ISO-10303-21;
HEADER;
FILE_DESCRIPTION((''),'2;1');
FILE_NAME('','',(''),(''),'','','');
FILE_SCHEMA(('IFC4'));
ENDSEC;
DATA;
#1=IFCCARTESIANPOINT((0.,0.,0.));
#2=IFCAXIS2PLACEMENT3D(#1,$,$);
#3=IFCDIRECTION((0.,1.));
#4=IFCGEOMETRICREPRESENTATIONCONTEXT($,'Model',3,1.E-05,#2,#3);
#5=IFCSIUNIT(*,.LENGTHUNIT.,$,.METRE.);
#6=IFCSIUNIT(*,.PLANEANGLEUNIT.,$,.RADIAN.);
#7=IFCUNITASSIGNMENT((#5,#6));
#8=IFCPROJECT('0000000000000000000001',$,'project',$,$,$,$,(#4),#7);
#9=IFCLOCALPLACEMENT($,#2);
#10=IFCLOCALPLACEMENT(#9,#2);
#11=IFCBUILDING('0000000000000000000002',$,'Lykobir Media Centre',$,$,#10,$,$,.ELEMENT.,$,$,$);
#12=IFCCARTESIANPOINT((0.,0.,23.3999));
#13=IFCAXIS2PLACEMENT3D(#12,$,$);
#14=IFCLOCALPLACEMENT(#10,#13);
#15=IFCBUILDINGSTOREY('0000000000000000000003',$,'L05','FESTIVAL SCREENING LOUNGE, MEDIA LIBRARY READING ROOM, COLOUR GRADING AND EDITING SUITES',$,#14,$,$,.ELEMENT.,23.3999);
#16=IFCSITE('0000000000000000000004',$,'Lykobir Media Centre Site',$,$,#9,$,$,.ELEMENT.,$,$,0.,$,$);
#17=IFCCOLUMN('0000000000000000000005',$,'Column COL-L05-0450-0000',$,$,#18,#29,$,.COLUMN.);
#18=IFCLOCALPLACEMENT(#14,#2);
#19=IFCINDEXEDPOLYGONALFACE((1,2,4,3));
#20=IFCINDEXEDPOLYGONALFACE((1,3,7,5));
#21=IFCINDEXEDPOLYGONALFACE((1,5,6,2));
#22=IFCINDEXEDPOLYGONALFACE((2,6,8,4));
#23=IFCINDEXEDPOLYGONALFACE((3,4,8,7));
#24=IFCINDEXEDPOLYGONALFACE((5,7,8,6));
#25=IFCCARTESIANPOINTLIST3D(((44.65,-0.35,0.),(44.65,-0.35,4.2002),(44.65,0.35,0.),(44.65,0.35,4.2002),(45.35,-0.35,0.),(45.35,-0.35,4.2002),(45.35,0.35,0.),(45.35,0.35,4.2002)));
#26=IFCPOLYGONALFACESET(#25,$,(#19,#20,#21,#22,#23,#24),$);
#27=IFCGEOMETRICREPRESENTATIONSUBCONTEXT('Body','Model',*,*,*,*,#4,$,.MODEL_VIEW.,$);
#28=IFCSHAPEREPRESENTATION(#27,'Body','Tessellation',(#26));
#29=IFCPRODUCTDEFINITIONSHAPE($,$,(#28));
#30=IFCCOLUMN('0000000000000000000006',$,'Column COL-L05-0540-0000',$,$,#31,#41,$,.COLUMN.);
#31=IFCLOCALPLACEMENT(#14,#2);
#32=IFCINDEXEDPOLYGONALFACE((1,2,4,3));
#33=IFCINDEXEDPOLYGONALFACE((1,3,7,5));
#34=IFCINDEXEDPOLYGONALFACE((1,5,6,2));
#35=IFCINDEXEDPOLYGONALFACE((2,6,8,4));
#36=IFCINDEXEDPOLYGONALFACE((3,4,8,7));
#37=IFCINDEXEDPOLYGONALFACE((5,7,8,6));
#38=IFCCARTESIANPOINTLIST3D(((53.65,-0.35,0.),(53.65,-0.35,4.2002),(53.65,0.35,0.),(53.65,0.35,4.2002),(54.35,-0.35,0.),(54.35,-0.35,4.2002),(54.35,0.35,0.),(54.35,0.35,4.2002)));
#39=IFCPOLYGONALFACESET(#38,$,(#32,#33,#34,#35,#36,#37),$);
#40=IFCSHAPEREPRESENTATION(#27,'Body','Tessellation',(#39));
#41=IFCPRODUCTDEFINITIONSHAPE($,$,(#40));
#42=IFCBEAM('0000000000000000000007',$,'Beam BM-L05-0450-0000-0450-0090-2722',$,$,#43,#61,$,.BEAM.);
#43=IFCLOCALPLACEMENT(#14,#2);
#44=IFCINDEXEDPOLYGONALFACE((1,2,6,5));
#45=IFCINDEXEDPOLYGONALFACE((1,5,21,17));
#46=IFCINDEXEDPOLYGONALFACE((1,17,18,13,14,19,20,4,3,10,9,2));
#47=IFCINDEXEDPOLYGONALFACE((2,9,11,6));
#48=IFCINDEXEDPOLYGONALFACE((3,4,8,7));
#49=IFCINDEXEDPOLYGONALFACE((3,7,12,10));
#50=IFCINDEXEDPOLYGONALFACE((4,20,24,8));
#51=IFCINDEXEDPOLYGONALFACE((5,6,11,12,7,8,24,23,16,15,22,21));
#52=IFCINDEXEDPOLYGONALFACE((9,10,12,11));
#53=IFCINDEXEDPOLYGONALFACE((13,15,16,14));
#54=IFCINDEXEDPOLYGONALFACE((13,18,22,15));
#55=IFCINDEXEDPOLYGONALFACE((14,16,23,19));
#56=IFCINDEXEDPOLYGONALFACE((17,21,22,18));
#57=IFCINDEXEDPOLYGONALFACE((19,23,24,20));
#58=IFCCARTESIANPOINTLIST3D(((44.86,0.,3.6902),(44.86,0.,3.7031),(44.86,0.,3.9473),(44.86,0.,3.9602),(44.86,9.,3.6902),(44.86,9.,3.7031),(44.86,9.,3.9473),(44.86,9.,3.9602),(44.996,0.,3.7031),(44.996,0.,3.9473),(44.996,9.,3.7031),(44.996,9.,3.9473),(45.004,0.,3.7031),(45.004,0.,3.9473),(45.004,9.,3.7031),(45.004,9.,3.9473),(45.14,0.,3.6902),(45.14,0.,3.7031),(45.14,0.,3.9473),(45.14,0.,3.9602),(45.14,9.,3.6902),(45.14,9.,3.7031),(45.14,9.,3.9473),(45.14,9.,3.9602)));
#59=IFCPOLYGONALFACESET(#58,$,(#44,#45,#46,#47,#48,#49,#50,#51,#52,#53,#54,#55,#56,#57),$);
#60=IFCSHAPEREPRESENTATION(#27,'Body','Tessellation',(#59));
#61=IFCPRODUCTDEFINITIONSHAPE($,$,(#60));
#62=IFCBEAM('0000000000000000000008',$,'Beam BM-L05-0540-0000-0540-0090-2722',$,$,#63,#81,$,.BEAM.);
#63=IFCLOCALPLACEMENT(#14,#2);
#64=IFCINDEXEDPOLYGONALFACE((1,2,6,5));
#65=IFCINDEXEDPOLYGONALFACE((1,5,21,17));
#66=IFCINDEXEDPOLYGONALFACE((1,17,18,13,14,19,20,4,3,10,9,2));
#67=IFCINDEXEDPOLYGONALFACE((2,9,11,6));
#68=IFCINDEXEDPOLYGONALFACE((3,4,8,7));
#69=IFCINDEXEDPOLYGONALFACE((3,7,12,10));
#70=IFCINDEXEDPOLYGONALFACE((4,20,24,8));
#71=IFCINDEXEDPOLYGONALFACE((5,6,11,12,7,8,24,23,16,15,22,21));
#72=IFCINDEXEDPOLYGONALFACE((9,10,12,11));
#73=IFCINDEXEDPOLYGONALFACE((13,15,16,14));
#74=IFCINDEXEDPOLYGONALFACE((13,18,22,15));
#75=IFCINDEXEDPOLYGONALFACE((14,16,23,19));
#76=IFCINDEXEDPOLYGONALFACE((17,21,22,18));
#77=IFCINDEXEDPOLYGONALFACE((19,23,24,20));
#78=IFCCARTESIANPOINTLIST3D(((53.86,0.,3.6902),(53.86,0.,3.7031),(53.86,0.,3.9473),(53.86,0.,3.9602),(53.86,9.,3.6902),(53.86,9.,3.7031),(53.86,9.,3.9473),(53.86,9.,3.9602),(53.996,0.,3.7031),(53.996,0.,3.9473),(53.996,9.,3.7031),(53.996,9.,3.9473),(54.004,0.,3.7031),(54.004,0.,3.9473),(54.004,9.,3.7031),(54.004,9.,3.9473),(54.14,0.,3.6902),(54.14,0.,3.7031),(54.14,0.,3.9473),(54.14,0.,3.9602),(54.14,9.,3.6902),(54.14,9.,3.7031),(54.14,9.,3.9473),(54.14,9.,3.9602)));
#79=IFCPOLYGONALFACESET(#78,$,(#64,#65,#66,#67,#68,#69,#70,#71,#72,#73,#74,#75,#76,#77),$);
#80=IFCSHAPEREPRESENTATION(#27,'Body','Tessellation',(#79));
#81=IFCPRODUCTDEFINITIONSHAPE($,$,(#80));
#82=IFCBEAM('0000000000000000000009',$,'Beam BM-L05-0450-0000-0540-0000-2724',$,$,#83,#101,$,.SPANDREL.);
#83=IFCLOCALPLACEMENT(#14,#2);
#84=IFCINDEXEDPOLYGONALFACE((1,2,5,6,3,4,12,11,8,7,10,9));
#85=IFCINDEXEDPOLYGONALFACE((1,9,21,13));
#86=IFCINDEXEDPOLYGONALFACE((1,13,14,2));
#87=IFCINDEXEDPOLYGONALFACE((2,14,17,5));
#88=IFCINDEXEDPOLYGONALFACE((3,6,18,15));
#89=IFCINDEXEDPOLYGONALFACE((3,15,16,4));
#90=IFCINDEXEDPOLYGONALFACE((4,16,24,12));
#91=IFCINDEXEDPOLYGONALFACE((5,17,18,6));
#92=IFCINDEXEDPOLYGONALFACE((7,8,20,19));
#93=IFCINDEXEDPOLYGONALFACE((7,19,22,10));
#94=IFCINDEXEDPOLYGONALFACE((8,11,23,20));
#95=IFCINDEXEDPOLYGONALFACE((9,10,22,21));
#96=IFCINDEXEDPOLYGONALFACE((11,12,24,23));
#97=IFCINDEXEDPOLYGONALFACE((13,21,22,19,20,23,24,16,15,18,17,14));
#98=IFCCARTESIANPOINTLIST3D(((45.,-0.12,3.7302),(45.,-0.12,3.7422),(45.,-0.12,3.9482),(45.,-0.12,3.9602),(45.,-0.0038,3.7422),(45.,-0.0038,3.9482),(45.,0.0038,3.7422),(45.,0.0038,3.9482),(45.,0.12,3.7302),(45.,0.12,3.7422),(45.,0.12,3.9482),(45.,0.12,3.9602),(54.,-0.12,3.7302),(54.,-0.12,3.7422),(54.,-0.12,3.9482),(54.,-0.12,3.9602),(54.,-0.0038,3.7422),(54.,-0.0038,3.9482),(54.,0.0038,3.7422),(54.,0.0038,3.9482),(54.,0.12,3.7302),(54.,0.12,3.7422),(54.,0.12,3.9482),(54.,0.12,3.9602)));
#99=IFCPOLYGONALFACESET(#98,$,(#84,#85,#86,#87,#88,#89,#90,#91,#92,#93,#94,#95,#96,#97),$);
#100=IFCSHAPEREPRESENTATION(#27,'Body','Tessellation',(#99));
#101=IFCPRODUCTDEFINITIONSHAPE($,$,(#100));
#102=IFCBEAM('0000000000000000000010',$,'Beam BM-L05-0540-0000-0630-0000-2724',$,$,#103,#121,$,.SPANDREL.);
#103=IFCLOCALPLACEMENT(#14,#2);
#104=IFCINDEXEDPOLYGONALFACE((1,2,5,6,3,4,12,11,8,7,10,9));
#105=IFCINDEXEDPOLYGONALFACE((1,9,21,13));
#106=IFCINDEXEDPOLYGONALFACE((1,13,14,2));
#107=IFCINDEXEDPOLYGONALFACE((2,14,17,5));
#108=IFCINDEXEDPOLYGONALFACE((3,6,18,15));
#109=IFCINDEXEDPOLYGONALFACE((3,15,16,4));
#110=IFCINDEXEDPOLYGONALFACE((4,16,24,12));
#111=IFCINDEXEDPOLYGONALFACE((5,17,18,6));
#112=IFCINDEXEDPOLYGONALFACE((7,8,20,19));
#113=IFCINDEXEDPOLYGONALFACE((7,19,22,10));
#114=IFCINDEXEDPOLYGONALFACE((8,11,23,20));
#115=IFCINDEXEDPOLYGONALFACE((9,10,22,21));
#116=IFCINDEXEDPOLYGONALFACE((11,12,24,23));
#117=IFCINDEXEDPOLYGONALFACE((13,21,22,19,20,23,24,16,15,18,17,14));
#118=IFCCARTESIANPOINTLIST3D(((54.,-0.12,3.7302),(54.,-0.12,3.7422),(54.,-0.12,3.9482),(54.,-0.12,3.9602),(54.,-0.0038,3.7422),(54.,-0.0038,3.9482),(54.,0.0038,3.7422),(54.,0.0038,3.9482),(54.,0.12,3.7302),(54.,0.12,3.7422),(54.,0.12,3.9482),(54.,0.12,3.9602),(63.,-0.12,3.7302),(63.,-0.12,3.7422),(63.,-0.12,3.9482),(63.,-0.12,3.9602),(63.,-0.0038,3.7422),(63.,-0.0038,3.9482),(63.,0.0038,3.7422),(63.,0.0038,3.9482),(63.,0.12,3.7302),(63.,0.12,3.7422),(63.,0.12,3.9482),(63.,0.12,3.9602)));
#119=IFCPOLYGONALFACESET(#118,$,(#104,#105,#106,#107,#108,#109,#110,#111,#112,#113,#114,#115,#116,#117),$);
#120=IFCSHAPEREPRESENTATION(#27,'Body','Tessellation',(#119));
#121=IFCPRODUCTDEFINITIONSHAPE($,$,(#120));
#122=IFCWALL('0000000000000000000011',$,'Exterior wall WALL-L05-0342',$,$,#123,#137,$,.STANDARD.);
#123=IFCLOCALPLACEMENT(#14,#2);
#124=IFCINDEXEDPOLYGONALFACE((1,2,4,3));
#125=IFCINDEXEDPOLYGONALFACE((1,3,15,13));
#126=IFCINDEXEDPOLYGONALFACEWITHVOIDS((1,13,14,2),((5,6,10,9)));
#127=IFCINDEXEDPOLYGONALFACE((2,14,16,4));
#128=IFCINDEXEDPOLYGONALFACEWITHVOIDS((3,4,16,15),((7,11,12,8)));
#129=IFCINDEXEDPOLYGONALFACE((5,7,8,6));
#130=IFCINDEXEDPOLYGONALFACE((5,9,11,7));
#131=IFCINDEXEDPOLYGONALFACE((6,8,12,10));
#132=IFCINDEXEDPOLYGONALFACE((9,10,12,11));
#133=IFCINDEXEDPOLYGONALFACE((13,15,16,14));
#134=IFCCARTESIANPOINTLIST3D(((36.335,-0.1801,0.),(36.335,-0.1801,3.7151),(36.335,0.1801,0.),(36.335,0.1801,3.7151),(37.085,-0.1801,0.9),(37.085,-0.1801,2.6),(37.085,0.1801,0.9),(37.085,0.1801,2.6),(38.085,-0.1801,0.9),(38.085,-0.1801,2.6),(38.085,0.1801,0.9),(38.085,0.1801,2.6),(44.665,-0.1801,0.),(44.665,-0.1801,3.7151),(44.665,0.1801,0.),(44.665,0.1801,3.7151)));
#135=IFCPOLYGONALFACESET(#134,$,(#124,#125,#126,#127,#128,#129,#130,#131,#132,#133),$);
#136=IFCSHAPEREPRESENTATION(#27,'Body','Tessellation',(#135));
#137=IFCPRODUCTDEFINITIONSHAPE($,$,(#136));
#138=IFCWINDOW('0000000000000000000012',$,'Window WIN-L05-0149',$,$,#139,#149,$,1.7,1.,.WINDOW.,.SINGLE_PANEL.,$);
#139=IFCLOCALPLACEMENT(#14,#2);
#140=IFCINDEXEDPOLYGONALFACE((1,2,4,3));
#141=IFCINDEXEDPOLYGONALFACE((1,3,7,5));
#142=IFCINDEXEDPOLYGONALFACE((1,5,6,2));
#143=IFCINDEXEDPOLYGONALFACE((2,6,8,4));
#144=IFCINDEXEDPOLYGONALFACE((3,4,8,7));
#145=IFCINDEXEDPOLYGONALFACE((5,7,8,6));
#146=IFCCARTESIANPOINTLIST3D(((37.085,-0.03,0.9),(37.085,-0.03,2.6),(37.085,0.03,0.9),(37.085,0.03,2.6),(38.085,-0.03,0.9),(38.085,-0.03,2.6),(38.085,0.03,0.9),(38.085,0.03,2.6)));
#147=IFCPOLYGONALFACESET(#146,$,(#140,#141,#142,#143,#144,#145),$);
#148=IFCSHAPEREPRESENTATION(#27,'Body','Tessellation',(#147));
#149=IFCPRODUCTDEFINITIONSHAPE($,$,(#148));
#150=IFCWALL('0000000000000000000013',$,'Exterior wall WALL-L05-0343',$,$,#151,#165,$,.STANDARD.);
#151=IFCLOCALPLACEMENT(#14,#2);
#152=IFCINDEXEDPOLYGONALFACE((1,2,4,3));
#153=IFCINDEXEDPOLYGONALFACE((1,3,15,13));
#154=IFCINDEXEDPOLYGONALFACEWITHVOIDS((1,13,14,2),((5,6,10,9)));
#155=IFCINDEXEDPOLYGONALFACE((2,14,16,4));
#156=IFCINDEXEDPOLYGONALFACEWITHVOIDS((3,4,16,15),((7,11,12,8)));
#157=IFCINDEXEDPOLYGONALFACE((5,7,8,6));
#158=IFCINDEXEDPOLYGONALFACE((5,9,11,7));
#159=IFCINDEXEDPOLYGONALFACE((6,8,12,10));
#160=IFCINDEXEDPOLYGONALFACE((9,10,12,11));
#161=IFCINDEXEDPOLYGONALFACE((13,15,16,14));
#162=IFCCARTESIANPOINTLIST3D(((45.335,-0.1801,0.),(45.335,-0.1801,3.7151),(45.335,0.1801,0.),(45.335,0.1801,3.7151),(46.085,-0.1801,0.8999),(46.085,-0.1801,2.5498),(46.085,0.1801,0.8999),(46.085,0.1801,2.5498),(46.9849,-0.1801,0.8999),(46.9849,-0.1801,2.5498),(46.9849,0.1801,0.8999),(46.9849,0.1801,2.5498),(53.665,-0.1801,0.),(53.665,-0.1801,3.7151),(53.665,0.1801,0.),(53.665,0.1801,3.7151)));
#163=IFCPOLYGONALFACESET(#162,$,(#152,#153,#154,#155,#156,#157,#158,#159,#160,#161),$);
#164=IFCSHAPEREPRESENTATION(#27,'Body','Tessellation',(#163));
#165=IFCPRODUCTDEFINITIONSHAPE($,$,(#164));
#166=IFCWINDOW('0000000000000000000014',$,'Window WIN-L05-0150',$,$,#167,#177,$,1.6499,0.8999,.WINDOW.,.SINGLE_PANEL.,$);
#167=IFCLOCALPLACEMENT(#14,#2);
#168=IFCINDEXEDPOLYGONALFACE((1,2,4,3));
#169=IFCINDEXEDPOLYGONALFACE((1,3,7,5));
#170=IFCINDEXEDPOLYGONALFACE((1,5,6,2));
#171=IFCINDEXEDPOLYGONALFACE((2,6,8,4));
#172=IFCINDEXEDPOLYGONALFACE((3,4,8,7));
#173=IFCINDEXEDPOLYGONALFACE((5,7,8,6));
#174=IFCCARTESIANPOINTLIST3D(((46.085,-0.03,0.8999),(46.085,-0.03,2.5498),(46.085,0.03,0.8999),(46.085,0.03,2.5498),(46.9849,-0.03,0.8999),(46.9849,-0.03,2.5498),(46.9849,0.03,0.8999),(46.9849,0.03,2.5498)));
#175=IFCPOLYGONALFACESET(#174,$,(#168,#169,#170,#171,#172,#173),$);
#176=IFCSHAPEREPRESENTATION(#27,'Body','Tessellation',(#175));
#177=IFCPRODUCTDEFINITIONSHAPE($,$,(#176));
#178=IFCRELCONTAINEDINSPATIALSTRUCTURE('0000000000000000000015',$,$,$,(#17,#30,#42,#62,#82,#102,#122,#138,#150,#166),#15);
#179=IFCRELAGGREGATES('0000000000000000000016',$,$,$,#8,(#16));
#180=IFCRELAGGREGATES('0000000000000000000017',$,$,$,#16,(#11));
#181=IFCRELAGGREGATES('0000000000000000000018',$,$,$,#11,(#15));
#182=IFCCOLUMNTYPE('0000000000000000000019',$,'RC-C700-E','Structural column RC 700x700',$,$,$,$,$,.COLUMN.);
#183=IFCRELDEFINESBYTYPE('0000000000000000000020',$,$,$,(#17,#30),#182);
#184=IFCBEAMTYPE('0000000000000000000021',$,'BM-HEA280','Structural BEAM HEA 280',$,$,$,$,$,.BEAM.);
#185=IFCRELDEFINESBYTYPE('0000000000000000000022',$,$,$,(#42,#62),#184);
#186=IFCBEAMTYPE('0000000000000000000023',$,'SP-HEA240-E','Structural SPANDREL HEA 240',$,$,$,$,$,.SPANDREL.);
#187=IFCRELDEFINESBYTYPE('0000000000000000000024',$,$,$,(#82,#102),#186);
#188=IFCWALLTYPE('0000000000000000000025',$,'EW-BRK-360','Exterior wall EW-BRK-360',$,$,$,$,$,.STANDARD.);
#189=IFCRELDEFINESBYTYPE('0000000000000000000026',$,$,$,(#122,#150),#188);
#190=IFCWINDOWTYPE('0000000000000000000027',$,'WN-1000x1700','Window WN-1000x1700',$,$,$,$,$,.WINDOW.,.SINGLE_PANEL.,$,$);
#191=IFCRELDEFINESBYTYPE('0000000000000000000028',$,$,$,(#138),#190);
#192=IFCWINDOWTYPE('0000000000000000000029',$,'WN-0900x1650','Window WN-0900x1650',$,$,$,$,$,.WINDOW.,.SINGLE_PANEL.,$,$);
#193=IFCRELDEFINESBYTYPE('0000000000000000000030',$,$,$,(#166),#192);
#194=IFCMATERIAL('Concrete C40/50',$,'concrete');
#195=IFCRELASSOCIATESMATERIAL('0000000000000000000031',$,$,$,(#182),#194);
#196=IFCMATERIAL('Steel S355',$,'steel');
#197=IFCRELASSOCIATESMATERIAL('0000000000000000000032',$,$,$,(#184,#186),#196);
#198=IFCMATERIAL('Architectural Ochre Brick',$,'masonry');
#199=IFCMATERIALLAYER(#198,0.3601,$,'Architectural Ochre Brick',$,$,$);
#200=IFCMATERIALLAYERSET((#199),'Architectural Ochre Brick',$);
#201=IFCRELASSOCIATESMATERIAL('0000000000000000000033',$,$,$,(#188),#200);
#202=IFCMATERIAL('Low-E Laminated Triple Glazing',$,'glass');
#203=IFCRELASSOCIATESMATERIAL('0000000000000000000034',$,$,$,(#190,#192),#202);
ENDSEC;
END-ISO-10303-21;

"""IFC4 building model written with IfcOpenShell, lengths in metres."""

from ifc_helpers import new_model, si_unit, direction, frame, frame_2d, origin, origin_2d, place, context, subcontext, project, spatial, rectangle, i_section, extrude, material, layer, layer_set, material_profile, profile_set, type_object, element, fill, save


model = new_model("IFC4")

# Units and contexts
model_context = context("Model", 3, precision=1e-05, world=origin(), true_north=direction((0.0, 1.0)))
body_context = subcontext(model_context, "Body", "Model", "MODEL_VIEW")
ifc_project = project(units=[si_unit("LENGTHUNIT", "METRE"), si_unit("PLANEANGLEUNIT", "RADIAN")], contexts=[model_context])

# Site, building, storey
site_placement = place(None, origin())
site = spatial("IfcSite", under=ifc_project, at=site_placement, Name="Lykobir Media Centre Site", CompositionType="ELEMENT", RefElevation=0.0)
building_placement = place(site_placement, origin())
building = spatial("IfcBuilding", under=site, at=building_placement, Name="Lykobir Media Centre", CompositionType="ELEMENT")
storey_placement = place(building_placement, frame((0.0, 0.0, 23.3999)))
storey = spatial("IfcBuildingStorey", under=building, at=storey_placement, Name="L05", Description="FESTIVAL SCREENING LOUNGE, MEDIA LIBRARY READING ROOM, COLOUR GRADING AND EDITING SUITES", CompositionType="ELEMENT", Elevation=23.3999)

# Columns
ifc_material_1 = material(Name="Concrete C40/50", Category="concrete")
ifc_material_profile_1 = material_profile(ifc_material_1, rectangle(XDim=0.7, YDim=0.7, at=origin_2d()), Name="RC 700x700")
ifc_profile_set_1 = profile_set([ifc_material_profile_1], Name="Concrete C40/50")
column_type = type_object("IfcColumnType", Name="RC-C700-E", Description="Structural column RC 700x700", PredefinedType="COLUMN", material=ifc_profile_set_1)
for number, where, z_axis, x_axis, name in (
    (1, (45.0, 0.0, 0.0), (0.0, 0.0, 1.0), (1.0, 0.0, 0.0), "Column COL-L05-0450-0000"),
    (2, (54.0, 0.0, 0.0), (0.0, 0.0, 1.0), (1.0, 0.0, 0.0), "Column COL-L05-0540-0000"),
):
    element("IfcColumn", number, at=place(storey_placement, frame(where, z_axis=z_axis, x_axis=x_axis)), inside=storey, type_object=column_type, Name=name, PredefinedType="COLUMN", context=body_context, shape_type="SweptSolid", body=[
        extrude(rectangle(XDim=0.7, YDim=0.7, at=origin_2d()), origin(), (0.0, 0.0, 1.0), 4.2002),
    ])

# Beams
ifc_material_2 = material(Name="Steel S355", Category="steel")
ifc_material_profile_2 = material_profile(ifc_material_2, i_section(OverallWidth=0.28, OverallDepth=0.27, WebThickness=0.0081, FlangeThickness=0.0129, at=origin_2d()), Name="HEA 280")
ifc_profile_set_2 = profile_set([ifc_material_profile_2], Name="Steel S355")
beam_type_1 = type_object("IfcBeamType", Name="BM-HEA280", Description="Structural BEAM HEA 280", PredefinedType="BEAM", material=ifc_profile_set_2)
for number, where, z_axis, x_axis, name in (
    (3, (45.0, 0.0, 3.8252), (0.0, 1.0, 0.0), (-1.0, 0.0, 0.0), "Beam BM-L05-0450-0000-0450-0090-2722"),
    (4, (54.0, 0.0, 3.8252), (0.0, 1.0, 0.0), (-1.0, 0.0, 0.0), "Beam BM-L05-0540-0000-0540-0090-2722"),
):
    element("IfcBeam", number, at=place(storey_placement, frame(where, z_axis=z_axis, x_axis=x_axis)), inside=storey, type_object=beam_type_1, Name=name, PredefinedType="BEAM", context=body_context, shape_type="SweptSolid", body=[
        extrude(i_section(OverallWidth=0.28, OverallDepth=0.27, WebThickness=0.0081, FlangeThickness=0.0129, at=origin_2d()), origin(), (0.0, 0.0, 1.0), 9.0),
    ])
ifc_material_profile_3 = material_profile(ifc_material_2, i_section(OverallWidth=0.24, OverallDepth=0.23, WebThickness=0.0076, FlangeThickness=0.012, at=origin_2d()), Name="HEA 240")
ifc_profile_set_3 = profile_set([ifc_material_profile_3], Name="Steel S355")
beam_type_2 = type_object("IfcBeamType", Name="SP-HEA240-E", Description="Structural SPANDREL HEA 240", PredefinedType="SPANDREL", material=ifc_profile_set_3)
for number, where, z_axis, x_axis, name in (
    (5, (45.0, 0.0, 3.8452), (1.0, 0.0, 0.0), (0.0, 1.0, 0.0), "Beam BM-L05-0450-0000-0540-0000-2724"),
    (6, (54.0, 0.0, 3.8452), (1.0, 0.0, 0.0), (0.0, 1.0, 0.0), "Beam BM-L05-0540-0000-0630-0000-2724"),
):
    element("IfcBeam", number, at=place(storey_placement, frame(where, z_axis=z_axis, x_axis=x_axis)), inside=storey, type_object=beam_type_2, Name=name, PredefinedType="SPANDREL", context=body_context, shape_type="SweptSolid", body=[
        extrude(i_section(OverallWidth=0.24, OverallDepth=0.23, WebThickness=0.0076, FlangeThickness=0.012, at=origin_2d()), origin(), (0.0, 0.0, 1.0), 9.0),
    ])

# Walls, openings, windows
ifc_material_3 = material(Name="Architectural Ochre Brick", Category="masonry")
ifc_layer_1 = layer(ifc_material_3, 0.3601, Name="Architectural Ochre Brick")
ifc_layer_set_1 = layer_set([ifc_layer_1], Name="Architectural Ochre Brick")
wall_type_1 = type_object("IfcWallType", Name="EW-BRK-360", Description="Exterior wall EW-BRK-360", PredefinedType="STANDARD", material=ifc_layer_set_1)
wall_1_placement = place(storey_placement, frame((36.335, 0.0, 0.0), z_axis=(0.0, 0.0, 1.0), x_axis=(1.0, 0.0, 0.0)))
wall_1 = element("IfcWall", 7, at=wall_1_placement, inside=storey, type_object=wall_type_1, Name="Exterior wall WALL-L05-0342", PredefinedType="STANDARD", context=body_context, shape_type="SweptSolid", body=[
    extrude(rectangle(XDim=8.3301, YDim=0.3601, at=frame_2d((4.165, 0.0))), origin(), (0.0, 0.0, 1.0), 3.7151),
])
opening_1_placement = place(wall_1_placement, frame((0.75, 0.0, 0.8999)))
opening_1 = element("IfcOpeningElement", 8, at=opening_1_placement, cuts=wall_1, PredefinedType="OPENING", context=body_context, shape_type="SweptSolid", body=[
    extrude(rectangle(XDim=1.0, YDim=1.7, at=frame_2d((0.5, 0.8501))), frame((0.0, 0.1899, 0.0), z_axis=(0.0, -1.0, 0.0), x_axis=(1.0, 0.0, 0.0)), (0.0, 0.0, 1.0), 0.3801),
])
ifc_material_4 = material(Name="Low-E Laminated Triple Glazing", Category="glass")
window_type_1 = type_object("IfcWindowType", Name="WN-1000x1700", Description="Window WN-1000x1700", PartitioningType="SINGLE_PANEL", PredefinedType="WINDOW", material=ifc_material_4)
window_1_placement = place(opening_1_placement, origin())
window_1 = element("IfcWindow", 9, at=window_1_placement, inside=storey, type_object=window_type_1, Name="Window WIN-L05-0149", OverallHeight=1.7, OverallWidth=1.0, PartitioningType="SINGLE_PANEL", PredefinedType="WINDOW", context=body_context, shape_type="SweptSolid", body=[
    extrude(rectangle(XDim=1.0, YDim=1.7, at=frame_2d((0.5, 0.8501))), frame((0.0, 0.03, 0.0), z_axis=(0.0, -1.0, 0.0), x_axis=(1.0, 0.0, 0.0)), (0.0, 0.0, 1.0), 0.0601),
])
fill(opening_1, window_1)
wall_2_placement = place(storey_placement, frame((45.335, 0.0, 0.0), z_axis=(0.0, 0.0, 1.0), x_axis=(1.0, 0.0, 0.0)))
wall_2 = element("IfcWall", 10, at=wall_2_placement, inside=storey, type_object=wall_type_1, Name="Exterior wall WALL-L05-0343", PredefinedType="STANDARD", context=body_context, shape_type="SweptSolid", body=[
    extrude(rectangle(XDim=8.3301, YDim=0.3601, at=frame_2d((4.165, 0.0))), origin(), (0.0, 0.0, 1.0), 3.7151),
])
opening_2_placement = place(wall_2_placement, frame((0.75, 0.0, 0.8999)))
opening_2 = element("IfcOpeningElement", 11, at=opening_2_placement, cuts=wall_2, PredefinedType="OPENING", context=body_context, shape_type="SweptSolid", body=[
    extrude(rectangle(XDim=0.8999, YDim=1.6499, at=frame_2d((0.45, 0.825))), frame((0.0, 0.1899, 0.0), z_axis=(0.0, -1.0, 0.0), x_axis=(1.0, 0.0, 0.0)), (0.0, 0.0, 1.0), 0.3801),
])
window_type_2 = type_object("IfcWindowType", Name="WN-0900x1650", Description="Window WN-0900x1650", PartitioningType="SINGLE_PANEL", PredefinedType="WINDOW", material=ifc_material_4)
window_2_placement = place(opening_2_placement, origin())
window_2 = element("IfcWindow", 12, at=window_2_placement, inside=storey, type_object=window_type_2, Name="Window WIN-L05-0150", OverallHeight=1.6499, OverallWidth=0.8999, PartitioningType="SINGLE_PANEL", PredefinedType="WINDOW", context=body_context, shape_type="SweptSolid", body=[
    extrude(rectangle(XDim=0.8999, YDim=1.6499, at=frame_2d((0.45, 0.825))), frame((0.0, 0.03, 0.0), z_axis=(0.0, -1.0, 0.0), x_axis=(1.0, 0.0, 0.0)), (0.0, 0.0, 1.0), 0.0601),
])
fill(opening_2, window_2)

save(model, "model.ifc")
